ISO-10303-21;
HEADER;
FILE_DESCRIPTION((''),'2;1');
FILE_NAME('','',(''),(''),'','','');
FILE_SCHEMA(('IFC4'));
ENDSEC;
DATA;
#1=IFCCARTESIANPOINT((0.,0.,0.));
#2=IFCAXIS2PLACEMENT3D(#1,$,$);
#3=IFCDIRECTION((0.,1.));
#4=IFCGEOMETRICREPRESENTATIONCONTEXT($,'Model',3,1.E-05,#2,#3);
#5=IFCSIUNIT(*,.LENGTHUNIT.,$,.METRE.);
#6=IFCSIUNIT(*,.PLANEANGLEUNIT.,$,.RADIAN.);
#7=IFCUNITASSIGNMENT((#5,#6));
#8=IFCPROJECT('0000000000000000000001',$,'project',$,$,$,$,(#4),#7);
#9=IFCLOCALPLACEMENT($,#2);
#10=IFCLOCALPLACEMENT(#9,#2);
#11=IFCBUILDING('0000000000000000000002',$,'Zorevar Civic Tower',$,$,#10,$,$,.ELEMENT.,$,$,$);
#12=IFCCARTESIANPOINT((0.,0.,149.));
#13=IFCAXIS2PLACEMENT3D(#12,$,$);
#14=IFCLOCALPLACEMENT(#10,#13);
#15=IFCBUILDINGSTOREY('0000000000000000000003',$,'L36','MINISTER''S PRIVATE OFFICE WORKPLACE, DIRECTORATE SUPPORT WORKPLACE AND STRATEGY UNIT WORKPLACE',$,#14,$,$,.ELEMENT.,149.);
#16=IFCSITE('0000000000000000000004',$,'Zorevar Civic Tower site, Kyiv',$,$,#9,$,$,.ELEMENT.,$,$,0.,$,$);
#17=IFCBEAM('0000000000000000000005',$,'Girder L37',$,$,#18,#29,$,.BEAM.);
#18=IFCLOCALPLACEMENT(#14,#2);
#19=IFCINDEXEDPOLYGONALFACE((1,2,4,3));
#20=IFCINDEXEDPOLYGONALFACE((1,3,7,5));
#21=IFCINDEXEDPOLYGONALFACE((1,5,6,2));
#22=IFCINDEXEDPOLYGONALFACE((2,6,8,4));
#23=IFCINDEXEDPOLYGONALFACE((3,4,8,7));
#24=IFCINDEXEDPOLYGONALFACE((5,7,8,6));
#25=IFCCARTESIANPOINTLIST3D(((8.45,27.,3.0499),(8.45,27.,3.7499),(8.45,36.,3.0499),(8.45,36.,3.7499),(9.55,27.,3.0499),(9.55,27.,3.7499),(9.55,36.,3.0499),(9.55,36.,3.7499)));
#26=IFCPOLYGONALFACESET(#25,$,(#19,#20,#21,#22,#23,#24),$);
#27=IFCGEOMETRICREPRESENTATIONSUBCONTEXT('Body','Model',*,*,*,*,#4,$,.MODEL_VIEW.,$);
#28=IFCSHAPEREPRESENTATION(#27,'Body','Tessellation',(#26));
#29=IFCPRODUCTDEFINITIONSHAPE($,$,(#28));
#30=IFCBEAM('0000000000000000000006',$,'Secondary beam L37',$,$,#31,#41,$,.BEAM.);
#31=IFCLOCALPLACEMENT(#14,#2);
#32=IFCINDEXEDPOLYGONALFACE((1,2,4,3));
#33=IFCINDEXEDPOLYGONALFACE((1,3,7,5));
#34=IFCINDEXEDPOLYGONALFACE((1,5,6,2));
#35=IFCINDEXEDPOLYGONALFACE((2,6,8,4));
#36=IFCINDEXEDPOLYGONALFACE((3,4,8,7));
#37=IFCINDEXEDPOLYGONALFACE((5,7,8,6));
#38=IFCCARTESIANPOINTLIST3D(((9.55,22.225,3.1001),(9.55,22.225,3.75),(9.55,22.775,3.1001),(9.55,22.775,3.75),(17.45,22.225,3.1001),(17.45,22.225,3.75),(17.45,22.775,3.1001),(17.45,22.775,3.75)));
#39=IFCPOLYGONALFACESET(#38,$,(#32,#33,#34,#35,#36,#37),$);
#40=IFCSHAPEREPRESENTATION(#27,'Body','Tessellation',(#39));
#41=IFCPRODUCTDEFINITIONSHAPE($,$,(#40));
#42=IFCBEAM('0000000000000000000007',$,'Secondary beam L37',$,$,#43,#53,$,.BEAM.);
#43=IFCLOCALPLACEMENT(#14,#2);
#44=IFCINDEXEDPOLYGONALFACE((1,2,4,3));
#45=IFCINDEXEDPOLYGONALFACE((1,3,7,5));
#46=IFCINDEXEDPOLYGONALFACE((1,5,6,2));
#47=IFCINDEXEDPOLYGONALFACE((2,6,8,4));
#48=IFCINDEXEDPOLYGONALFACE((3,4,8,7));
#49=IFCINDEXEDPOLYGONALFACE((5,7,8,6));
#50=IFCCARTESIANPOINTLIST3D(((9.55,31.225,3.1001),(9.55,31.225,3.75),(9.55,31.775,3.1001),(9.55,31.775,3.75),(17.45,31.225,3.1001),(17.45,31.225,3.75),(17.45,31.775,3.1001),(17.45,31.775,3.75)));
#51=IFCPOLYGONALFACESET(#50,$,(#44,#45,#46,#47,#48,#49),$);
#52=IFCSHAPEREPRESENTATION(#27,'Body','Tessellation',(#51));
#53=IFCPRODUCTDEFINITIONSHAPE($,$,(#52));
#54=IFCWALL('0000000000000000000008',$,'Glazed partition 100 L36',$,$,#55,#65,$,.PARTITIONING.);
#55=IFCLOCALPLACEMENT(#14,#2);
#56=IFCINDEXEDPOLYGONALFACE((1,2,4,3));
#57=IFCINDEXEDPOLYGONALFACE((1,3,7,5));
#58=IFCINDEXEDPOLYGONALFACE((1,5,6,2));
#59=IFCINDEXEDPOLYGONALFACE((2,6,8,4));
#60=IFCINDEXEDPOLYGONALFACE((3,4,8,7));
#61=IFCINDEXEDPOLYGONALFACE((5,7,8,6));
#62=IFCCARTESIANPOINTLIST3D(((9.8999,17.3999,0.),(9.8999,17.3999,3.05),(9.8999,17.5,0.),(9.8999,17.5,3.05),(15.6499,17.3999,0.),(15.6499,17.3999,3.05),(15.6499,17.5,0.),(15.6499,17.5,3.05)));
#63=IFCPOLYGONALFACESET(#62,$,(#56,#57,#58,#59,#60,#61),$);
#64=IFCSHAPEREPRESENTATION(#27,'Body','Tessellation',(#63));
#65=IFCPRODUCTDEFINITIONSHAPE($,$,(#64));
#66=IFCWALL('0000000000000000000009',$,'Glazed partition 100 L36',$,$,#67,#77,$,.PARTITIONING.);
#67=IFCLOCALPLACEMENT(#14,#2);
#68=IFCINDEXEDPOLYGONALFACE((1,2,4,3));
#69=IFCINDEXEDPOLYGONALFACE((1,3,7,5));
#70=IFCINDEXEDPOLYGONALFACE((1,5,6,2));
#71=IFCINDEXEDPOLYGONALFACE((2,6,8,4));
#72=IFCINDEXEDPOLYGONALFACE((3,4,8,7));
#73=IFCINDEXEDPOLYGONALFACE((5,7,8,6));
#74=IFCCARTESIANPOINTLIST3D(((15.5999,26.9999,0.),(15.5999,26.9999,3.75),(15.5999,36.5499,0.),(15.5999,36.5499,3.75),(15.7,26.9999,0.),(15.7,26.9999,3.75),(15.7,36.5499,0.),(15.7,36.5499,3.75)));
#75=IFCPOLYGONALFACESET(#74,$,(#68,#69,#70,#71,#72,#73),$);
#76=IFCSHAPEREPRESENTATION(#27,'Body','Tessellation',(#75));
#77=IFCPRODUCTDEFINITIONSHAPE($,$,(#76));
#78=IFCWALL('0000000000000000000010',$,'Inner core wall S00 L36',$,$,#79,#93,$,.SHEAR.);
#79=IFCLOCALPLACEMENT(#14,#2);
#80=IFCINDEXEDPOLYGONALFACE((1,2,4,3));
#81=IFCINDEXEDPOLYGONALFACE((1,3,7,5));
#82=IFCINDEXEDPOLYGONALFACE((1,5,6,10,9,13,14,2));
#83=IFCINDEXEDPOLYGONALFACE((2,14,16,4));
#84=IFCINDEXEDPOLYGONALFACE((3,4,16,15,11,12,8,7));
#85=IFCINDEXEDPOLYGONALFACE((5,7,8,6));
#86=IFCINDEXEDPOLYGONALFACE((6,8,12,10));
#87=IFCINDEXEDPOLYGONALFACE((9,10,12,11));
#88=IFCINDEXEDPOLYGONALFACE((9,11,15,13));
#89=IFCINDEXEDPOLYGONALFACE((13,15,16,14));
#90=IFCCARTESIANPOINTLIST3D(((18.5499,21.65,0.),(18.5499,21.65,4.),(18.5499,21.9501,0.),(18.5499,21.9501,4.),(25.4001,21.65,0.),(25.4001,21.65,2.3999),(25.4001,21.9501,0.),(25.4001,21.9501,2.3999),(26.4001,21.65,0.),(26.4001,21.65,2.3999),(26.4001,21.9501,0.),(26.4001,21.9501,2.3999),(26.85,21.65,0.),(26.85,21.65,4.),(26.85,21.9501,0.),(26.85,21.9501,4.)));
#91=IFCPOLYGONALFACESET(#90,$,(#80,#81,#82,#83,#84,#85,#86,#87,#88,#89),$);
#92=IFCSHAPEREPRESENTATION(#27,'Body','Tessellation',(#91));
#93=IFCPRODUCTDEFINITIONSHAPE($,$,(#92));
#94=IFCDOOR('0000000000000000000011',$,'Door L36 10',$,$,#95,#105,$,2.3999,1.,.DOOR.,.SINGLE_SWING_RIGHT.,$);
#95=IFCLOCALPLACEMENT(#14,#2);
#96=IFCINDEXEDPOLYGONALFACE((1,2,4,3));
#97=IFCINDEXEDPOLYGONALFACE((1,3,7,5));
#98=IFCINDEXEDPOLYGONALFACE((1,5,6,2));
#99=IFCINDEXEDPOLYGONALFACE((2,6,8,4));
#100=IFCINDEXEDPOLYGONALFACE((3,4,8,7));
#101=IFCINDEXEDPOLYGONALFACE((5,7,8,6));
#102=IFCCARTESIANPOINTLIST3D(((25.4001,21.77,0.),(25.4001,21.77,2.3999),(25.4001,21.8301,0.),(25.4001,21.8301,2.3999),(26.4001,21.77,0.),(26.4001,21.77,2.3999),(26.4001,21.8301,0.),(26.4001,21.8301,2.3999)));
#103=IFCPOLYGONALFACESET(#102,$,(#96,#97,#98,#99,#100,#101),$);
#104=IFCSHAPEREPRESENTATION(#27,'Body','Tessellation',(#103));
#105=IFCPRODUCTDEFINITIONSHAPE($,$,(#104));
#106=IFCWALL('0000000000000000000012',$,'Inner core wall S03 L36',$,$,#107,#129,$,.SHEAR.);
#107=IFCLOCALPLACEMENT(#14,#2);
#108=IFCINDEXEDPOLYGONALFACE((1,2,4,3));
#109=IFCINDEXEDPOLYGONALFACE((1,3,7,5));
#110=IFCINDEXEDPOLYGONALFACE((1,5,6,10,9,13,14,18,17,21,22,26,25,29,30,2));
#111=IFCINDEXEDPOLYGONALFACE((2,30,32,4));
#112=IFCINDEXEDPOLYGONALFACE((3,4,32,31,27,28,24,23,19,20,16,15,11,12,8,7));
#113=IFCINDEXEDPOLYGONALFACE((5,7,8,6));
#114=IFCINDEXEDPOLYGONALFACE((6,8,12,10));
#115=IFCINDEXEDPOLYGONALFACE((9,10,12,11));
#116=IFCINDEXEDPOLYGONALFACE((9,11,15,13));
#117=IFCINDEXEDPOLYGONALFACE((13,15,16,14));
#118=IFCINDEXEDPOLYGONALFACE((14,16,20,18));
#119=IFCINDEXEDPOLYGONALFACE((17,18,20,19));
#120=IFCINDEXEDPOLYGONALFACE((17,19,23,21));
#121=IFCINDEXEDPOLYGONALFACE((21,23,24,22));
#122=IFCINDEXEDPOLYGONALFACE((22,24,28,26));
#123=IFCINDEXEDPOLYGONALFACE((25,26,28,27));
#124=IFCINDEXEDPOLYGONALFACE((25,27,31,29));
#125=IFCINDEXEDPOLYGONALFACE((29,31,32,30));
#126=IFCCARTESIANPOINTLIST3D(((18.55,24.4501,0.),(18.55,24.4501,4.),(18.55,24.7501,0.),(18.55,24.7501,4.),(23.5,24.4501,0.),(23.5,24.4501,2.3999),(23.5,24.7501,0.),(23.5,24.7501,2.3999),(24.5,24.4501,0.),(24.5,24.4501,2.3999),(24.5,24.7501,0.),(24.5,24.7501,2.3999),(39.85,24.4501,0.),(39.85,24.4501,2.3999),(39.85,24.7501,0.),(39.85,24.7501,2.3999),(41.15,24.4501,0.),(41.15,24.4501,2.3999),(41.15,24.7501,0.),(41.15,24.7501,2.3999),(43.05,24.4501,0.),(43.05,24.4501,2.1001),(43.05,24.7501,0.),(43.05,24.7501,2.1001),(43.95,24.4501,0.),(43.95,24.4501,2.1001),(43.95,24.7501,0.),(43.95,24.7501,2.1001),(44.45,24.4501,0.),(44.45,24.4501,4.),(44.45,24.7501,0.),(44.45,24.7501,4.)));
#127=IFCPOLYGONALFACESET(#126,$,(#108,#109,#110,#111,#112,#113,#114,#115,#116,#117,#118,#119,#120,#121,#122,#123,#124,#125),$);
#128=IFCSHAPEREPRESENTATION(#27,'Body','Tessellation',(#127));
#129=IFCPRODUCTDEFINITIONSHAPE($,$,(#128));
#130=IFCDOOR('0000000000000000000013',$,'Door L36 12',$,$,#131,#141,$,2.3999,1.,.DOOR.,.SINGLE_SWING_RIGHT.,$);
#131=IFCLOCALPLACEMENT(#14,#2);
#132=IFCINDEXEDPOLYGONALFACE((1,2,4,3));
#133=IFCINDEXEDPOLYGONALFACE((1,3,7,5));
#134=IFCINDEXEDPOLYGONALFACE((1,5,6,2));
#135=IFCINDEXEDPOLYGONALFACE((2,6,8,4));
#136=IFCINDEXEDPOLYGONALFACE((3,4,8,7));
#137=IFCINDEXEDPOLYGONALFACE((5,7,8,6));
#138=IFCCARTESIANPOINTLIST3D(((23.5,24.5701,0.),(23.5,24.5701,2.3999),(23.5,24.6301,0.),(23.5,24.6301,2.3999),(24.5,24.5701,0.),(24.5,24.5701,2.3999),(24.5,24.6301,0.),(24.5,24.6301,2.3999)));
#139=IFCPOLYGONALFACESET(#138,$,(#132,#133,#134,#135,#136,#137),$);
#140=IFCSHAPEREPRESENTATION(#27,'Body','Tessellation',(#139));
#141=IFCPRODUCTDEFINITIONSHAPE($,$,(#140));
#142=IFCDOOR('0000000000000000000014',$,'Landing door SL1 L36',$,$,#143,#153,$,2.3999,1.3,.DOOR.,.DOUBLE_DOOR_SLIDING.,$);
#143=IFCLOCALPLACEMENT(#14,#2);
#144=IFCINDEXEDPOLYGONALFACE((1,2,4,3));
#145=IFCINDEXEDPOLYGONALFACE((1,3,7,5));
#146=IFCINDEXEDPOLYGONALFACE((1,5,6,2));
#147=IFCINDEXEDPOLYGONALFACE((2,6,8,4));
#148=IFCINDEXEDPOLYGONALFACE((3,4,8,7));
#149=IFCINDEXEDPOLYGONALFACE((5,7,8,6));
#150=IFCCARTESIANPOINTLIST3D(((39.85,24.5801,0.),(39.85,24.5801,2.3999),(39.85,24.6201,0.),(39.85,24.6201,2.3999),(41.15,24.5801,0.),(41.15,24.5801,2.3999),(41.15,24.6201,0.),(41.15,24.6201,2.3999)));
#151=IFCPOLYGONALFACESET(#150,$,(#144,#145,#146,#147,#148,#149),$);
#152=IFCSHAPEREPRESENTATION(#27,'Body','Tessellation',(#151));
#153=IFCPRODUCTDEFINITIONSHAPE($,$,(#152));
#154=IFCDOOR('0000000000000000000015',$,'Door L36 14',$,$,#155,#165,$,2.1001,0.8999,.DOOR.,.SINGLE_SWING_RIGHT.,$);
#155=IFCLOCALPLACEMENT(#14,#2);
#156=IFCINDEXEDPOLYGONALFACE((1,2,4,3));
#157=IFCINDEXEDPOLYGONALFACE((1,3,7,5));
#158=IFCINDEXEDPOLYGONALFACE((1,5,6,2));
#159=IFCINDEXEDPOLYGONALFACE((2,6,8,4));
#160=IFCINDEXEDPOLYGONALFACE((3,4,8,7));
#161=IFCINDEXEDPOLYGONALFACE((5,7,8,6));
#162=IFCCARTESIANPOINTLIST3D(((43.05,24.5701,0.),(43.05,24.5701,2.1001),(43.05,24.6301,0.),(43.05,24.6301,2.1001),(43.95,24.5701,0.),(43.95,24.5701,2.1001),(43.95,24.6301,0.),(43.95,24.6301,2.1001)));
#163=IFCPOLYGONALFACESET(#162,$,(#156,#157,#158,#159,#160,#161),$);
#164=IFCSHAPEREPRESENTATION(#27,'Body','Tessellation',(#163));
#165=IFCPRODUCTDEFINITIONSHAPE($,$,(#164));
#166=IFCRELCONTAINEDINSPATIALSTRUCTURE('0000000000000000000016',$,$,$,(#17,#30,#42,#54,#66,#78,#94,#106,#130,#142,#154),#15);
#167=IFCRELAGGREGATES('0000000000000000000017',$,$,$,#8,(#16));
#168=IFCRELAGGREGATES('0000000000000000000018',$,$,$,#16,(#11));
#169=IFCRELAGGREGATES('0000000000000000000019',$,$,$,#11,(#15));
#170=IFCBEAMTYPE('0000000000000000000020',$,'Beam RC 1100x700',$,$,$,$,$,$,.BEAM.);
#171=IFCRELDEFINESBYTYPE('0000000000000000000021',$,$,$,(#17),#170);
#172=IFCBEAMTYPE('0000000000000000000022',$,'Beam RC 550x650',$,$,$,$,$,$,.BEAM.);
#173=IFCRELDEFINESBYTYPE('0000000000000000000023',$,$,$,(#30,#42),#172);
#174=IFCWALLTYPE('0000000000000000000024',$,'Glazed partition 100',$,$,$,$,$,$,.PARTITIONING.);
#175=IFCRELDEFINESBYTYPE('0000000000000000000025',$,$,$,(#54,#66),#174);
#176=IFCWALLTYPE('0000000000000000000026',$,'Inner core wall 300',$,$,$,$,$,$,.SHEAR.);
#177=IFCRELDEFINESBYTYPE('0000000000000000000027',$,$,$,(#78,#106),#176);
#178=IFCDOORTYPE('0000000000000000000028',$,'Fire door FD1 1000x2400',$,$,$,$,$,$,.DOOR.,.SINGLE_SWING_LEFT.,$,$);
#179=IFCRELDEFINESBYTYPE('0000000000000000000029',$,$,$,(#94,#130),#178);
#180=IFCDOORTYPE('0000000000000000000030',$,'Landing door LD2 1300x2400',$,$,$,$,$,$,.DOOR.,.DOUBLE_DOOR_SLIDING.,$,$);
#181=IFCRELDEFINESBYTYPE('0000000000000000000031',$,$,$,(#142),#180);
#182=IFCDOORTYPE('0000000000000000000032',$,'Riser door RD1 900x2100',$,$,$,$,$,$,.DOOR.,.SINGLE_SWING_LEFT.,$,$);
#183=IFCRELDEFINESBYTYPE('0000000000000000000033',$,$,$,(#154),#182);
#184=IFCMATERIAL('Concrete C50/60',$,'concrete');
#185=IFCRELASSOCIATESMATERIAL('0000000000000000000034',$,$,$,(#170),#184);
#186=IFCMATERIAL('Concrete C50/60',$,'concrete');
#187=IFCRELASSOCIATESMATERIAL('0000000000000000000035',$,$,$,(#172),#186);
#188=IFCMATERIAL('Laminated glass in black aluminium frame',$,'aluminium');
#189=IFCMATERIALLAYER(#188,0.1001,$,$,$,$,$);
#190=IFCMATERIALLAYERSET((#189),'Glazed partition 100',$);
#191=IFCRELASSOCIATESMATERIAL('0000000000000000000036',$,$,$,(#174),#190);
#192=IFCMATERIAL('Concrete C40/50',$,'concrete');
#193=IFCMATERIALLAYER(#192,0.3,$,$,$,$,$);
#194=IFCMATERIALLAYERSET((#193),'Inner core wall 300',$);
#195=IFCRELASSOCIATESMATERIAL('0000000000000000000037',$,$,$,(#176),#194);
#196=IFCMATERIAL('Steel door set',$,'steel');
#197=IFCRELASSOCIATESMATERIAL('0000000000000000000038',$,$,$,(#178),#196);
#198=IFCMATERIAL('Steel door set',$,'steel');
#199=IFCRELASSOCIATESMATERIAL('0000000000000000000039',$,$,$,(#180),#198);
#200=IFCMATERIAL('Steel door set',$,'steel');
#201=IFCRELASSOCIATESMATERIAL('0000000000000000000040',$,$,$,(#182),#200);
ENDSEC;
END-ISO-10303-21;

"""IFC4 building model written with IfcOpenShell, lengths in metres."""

from ifc_helpers import new_model, si_unit, direction, frame, frame_2d, origin, origin_2d, place, context, subcontext, project, spatial, rectangle, extrude, material, layer, layer_set, material_profile, profile_set, type_object, element, fill, save


model = new_model("IFC4")

# Units and contexts
model_context = context("Model", 3, precision=1e-05, world=origin(), true_north=direction((0.0, 1.0)))
body_context = subcontext(model_context, "Body", "Model", "MODEL_VIEW")
ifc_project = project(units=[si_unit("LENGTHUNIT", "METRE"), si_unit("PLANEANGLEUNIT", "RADIAN")], contexts=[model_context])

# Site, building, storey
site_placement = place(None, origin())
site = spatial("IfcSite", under=ifc_project, at=site_placement, Name="Zorevar Civic Tower site, Kyiv", CompositionType="ELEMENT", RefElevation=0.0)
building_placement = place(site_placement, origin())
building = spatial("IfcBuilding", under=site, at=building_placement, Name="Zorevar Civic Tower", CompositionType="ELEMENT")
storey_placement = place(building_placement, frame((0.0, 0.0, 149.0)))
storey = spatial("IfcBuildingStorey", under=building, at=storey_placement, Name="L36", Description="MINISTER'S PRIVATE OFFICE WORKPLACE, DIRECTORATE SUPPORT WORKPLACE AND STRATEGY UNIT WORKPLACE", CompositionType="ELEMENT", Elevation=149.0)

# Beams
ifc_material_1 = material(Name="Concrete C50/60", Category="concrete")
ifc_material_profile_1 = material_profile(ifc_material_1, rectangle(XDim=1.1001, YDim=0.7, at=origin_2d()), Name="RC 1100x700")
ifc_profile_set_1 = profile_set([ifc_material_profile_1], Name="Concrete C50/60")
beam_type_1 = type_object("IfcBeamType", Name="Beam RC 1100x700", PredefinedType="BEAM", material=ifc_profile_set_1)
beam_placement = place(storey_placement, frame((9.0, 27.0, 3.3999), z_axis=(0.0, 1.0, 0.0), x_axis=(-1.0, 0.0, 0.0)))
element("IfcBeam", 1, at=beam_placement, inside=storey, type_object=beam_type_1, Name="Girder L37", PredefinedType="BEAM", context=body_context, shape_type="SweptSolid", body=[
    extrude(rectangle(XDim=1.1001, YDim=0.7, at=origin_2d()), origin(), (0.0, 0.0, 1.0), 9.0),
])
ifc_material_2 = material(Name="Concrete C50/60", Category="concrete")
ifc_material_profile_2 = material_profile(ifc_material_2, rectangle(XDim=0.55, YDim=0.6499, at=origin_2d()), Name="RC 550x650")
ifc_profile_set_2 = profile_set([ifc_material_profile_2], Name="Concrete C50/60")
beam_type_2 = type_object("IfcBeamType", Name="Beam RC 550x650", PredefinedType="BEAM", material=ifc_profile_set_2)
for number, where, z_axis, x_axis, name in (
    (2, (9.55, 22.5, 3.425), (1.0, 0.0, 0.0), (0.0, 1.0, 0.0), "Secondary beam L37"),
    (3, (9.55, 31.5, 3.425), (1.0, 0.0, 0.0), (0.0, 1.0, 0.0), "Secondary beam L37"),
):
    element("IfcBeam", number, at=place(storey_placement, frame(where, z_axis=z_axis, x_axis=x_axis)), inside=storey, type_object=beam_type_2, Name=name, PredefinedType="BEAM", context=body_context, shape_type="SweptSolid", body=[
        extrude(rectangle(XDim=0.55, YDim=0.6499, at=origin_2d()), origin(), (0.0, 0.0, 1.0), 7.8999),
    ])

# Walls
ifc_material_3 = material(Name="Laminated glass in black aluminium frame", Category="aluminium")
ifc_layer_1 = layer(ifc_material_3, 0.1001)
ifc_layer_set_1 = layer_set([ifc_layer_1], Name="Glazed partition 100")
wall_type_1 = type_object("IfcWallType", Name="Glazed partition 100", PredefinedType="PARTITIONING", material=ifc_layer_set_1)
wall_1_placement = place(storey_placement, frame((9.8999, 17.45, 0.0), z_axis=(0.0, 0.0, 1.0), x_axis=(1.0, 0.0, 0.0)))
element("IfcWall", 4, at=wall_1_placement, inside=storey, type_object=wall_type_1, Name="Glazed partition 100 L36", PredefinedType="PARTITIONING", context=body_context, shape_type="SweptSolid", body=[
    extrude(rectangle(XDim=5.75, YDim=0.1001, at=frame_2d((2.875, 0.0))), origin(), (0.0, 0.0, 1.0), 3.05),
])
wall_2_placement = place(storey_placement, frame((15.6499, 27.0, 0.0), z_axis=(0.0, 0.0, 1.0), x_axis=(0.0, 1.0, 0.0)))
element("IfcWall", 5, at=wall_2_placement, inside=storey, type_object=wall_type_1, Name="Glazed partition 100 L36", PredefinedType="PARTITIONING", context=body_context, shape_type="SweptSolid", body=[
    extrude(rectangle(XDim=9.55, YDim=0.1001, at=frame_2d((4.7749, 0.0))), origin(), (0.0, 0.0, 1.0), 3.75),
])

# Wall, opening, door
ifc_material_4 = material(Name="Concrete C40/50", Category="concrete")
ifc_layer_2 = layer(ifc_material_4, 0.3)
ifc_layer_set_2 = layer_set([ifc_layer_2], Name="Inner core wall 300")
wall_type_2 = type_object("IfcWallType", Name="Inner core wall 300", PredefinedType="SHEAR", material=ifc_layer_set_2)
wall_3_placement = place(storey_placement, frame((18.55, 21.8, 0.0), z_axis=(0.0, 0.0, 1.0), x_axis=(1.0, 0.0, 0.0)))
wall_3 = element("IfcWall", 6, at=wall_3_placement, inside=storey, type_object=wall_type_2, Name="Inner core wall S00 L36", PredefinedType="SHEAR", context=body_context, shape_type="SweptSolid", body=[
    extrude(rectangle(XDim=8.3, YDim=0.3, at=frame_2d((4.1499, 0.0))), origin(), (0.0, 0.0, 1.0), 4.0),
])
opening_1_placement = place(wall_3_placement, frame((6.8501, 0.0, 0.0)))
opening_1 = element("IfcOpeningElement", 7, at=opening_1_placement, cuts=wall_3, PredefinedType="OPENING", context=body_context, shape_type="SweptSolid", body=[
    extrude(rectangle(XDim=1.0, YDim=2.3999, at=frame_2d((0.5, 1.2))), frame((0.0, 0.1599, 0.0), z_axis=(0.0, -1.0, 0.0), x_axis=(1.0, 0.0, 0.0)), (0.0, 0.0, 1.0), 0.3201),
])
ifc_material_5 = material(Name="Steel door set", Category="steel")
door_type_1 = type_object("IfcDoorType", Name="Fire door FD1 1000x2400", OperationType="SINGLE_SWING_LEFT", PredefinedType="DOOR", material=ifc_material_5)
door_1_placement = place(opening_1_placement, origin())
door_1 = element("IfcDoor", 8, at=door_1_placement, inside=storey, type_object=door_type_1, Name="Door L36 10", OperationType="SINGLE_SWING_RIGHT", OverallHeight=2.3999, OverallWidth=1.0, PredefinedType="DOOR", context=body_context, shape_type="SweptSolid", body=[
    extrude(rectangle(XDim=1.0, YDim=2.3999, at=frame_2d((0.5, 1.2))), frame((0.0, 0.03, 0.0), z_axis=(0.0, -1.0, 0.0), x_axis=(1.0, 0.0, 0.0)), (0.0, 0.0, 1.0), 0.0601),
])
fill(opening_1, door_1)

# Wall, openings, doors
wall_4_placement = place(storey_placement, frame((18.55, 24.6001, 0.0), z_axis=(0.0, 0.0, 1.0), x_axis=(1.0, 0.0, 0.0)))
wall_4 = element("IfcWall", 9, at=wall_4_placement, inside=storey, type_object=wall_type_2, Name="Inner core wall S03 L36", PredefinedType="SHEAR", context=body_context, shape_type="SweptSolid", body=[
    extrude(rectangle(XDim=25.8999, YDim=0.3, at=frame_2d((12.95, 0.0))), origin(), (0.0, 0.0, 1.0), 4.0),
])
opening_2_placement = place(wall_4_placement, frame((4.95, 0.0, 0.0)))
opening_2 = element("IfcOpeningElement", 10, at=opening_2_placement, cuts=wall_4, PredefinedType="OPENING", context=body_context, shape_type="SweptSolid", body=[
    extrude(rectangle(XDim=1.0, YDim=2.3999, at=frame_2d((0.5, 1.2))), frame((0.0, 0.1599, 0.0), z_axis=(0.0, -1.0, 0.0), x_axis=(1.0, 0.0, 0.0)), (0.0, 0.0, 1.0), 0.3201),
])
opening_3_placement = place(wall_4_placement, frame((24.5, 0.0, 0.0)))
opening_3 = element("IfcOpeningElement", 11, at=opening_3_placement, cuts=wall_4, PredefinedType="OPENING", context=body_context, shape_type="SweptSolid", body=[
    extrude(rectangle(XDim=0.8999, YDim=2.1001, at=frame_2d((0.45, 1.05))), frame((0.0, 0.1599, 0.0), z_axis=(0.0, -1.0, 0.0), x_axis=(1.0, 0.0, 0.0)), (0.0, 0.0, 1.0), 0.3201),
])
opening_4_placement = place(wall_4_placement, frame((21.3, 0.0, 0.0)))
opening_4 = element("IfcOpeningElement", 12, at=opening_4_placement, cuts=wall_4, PredefinedType="OPENING", context=body_context, shape_type="SweptSolid", body=[
    extrude(rectangle(XDim=1.3, YDim=2.3999, at=frame_2d((0.6499, 1.2))), frame((0.0, 0.1599, 0.0), z_axis=(0.0, -1.0, 0.0), x_axis=(1.0, 0.0, 0.0)), (0.0, 0.0, 1.0), 0.3201),
])
door_2_placement = place(opening_2_placement, origin())
door_2 = element("IfcDoor", 13, at=door_2_placement, inside=storey, type_object=door_type_1, Name="Door L36 12", OperationType="SINGLE_SWING_RIGHT", OverallHeight=2.3999, OverallWidth=1.0, PredefinedType="DOOR", context=body_context, shape_type="SweptSolid", body=[
    extrude(rectangle(XDim=1.0, YDim=2.3999, at=frame_2d((0.5, 1.2))), frame((0.0, 0.03, 0.0), z_axis=(0.0, -1.0, 0.0), x_axis=(1.0, 0.0, 0.0)), (0.0, 0.0, 1.0), 0.0601),
])
fill(opening_2, door_2)
ifc_material_6 = material(Name="Steel door set", Category="steel")
door_type_2 = type_object("IfcDoorType", Name="Landing door LD2 1300x2400", OperationType="DOUBLE_DOOR_SLIDING", PredefinedType="DOOR", material=ifc_material_6)
door_3_placement = place(opening_4_placement, origin())
door_3 = element("IfcDoor", 14, at=door_3_placement, inside=storey, type_object=door_type_2, Name="Landing door SL1 L36", OperationType="DOUBLE_DOOR_SLIDING", OverallHeight=2.3999, OverallWidth=1.3, PredefinedType="DOOR", context=body_context, shape_type="SweptSolid", body=[
    extrude(rectangle(XDim=1.3, YDim=2.3999, at=frame_2d((0.6499, 1.2))), frame((0.0, 0.02, 0.0), z_axis=(0.0, -1.0, 0.0), x_axis=(1.0, 0.0, 0.0)), (0.0, 0.0, 1.0), 0.04),
])
fill(opening_4, door_3)
ifc_material_7 = material(Name="Steel door set", Category="steel")
door_type_3 = type_object("IfcDoorType", Name="Riser door RD1 900x2100", OperationType="SINGLE_SWING_LEFT", PredefinedType="DOOR", material=ifc_material_7)
door_4_placement = place(opening_3_placement, origin())
door_4 = element("IfcDoor", 15, at=door_4_placement, inside=storey, type_object=door_type_3, Name="Door L36 14", OperationType="SINGLE_SWING_RIGHT", OverallHeight=2.1001, OverallWidth=0.8999, PredefinedType="DOOR", context=body_context, shape_type="SweptSolid", body=[
    extrude(rectangle(XDim=0.8999, YDim=2.1001, at=frame_2d((0.45, 1.05))), frame((0.0, 0.03, 0.0), z_axis=(0.0, -1.0, 0.0), x_axis=(1.0, 0.0, 0.0)), (0.0, 0.0, 1.0), 0.0601),
])
fill(opening_3, door_4)

save(model, "model.ifc")
